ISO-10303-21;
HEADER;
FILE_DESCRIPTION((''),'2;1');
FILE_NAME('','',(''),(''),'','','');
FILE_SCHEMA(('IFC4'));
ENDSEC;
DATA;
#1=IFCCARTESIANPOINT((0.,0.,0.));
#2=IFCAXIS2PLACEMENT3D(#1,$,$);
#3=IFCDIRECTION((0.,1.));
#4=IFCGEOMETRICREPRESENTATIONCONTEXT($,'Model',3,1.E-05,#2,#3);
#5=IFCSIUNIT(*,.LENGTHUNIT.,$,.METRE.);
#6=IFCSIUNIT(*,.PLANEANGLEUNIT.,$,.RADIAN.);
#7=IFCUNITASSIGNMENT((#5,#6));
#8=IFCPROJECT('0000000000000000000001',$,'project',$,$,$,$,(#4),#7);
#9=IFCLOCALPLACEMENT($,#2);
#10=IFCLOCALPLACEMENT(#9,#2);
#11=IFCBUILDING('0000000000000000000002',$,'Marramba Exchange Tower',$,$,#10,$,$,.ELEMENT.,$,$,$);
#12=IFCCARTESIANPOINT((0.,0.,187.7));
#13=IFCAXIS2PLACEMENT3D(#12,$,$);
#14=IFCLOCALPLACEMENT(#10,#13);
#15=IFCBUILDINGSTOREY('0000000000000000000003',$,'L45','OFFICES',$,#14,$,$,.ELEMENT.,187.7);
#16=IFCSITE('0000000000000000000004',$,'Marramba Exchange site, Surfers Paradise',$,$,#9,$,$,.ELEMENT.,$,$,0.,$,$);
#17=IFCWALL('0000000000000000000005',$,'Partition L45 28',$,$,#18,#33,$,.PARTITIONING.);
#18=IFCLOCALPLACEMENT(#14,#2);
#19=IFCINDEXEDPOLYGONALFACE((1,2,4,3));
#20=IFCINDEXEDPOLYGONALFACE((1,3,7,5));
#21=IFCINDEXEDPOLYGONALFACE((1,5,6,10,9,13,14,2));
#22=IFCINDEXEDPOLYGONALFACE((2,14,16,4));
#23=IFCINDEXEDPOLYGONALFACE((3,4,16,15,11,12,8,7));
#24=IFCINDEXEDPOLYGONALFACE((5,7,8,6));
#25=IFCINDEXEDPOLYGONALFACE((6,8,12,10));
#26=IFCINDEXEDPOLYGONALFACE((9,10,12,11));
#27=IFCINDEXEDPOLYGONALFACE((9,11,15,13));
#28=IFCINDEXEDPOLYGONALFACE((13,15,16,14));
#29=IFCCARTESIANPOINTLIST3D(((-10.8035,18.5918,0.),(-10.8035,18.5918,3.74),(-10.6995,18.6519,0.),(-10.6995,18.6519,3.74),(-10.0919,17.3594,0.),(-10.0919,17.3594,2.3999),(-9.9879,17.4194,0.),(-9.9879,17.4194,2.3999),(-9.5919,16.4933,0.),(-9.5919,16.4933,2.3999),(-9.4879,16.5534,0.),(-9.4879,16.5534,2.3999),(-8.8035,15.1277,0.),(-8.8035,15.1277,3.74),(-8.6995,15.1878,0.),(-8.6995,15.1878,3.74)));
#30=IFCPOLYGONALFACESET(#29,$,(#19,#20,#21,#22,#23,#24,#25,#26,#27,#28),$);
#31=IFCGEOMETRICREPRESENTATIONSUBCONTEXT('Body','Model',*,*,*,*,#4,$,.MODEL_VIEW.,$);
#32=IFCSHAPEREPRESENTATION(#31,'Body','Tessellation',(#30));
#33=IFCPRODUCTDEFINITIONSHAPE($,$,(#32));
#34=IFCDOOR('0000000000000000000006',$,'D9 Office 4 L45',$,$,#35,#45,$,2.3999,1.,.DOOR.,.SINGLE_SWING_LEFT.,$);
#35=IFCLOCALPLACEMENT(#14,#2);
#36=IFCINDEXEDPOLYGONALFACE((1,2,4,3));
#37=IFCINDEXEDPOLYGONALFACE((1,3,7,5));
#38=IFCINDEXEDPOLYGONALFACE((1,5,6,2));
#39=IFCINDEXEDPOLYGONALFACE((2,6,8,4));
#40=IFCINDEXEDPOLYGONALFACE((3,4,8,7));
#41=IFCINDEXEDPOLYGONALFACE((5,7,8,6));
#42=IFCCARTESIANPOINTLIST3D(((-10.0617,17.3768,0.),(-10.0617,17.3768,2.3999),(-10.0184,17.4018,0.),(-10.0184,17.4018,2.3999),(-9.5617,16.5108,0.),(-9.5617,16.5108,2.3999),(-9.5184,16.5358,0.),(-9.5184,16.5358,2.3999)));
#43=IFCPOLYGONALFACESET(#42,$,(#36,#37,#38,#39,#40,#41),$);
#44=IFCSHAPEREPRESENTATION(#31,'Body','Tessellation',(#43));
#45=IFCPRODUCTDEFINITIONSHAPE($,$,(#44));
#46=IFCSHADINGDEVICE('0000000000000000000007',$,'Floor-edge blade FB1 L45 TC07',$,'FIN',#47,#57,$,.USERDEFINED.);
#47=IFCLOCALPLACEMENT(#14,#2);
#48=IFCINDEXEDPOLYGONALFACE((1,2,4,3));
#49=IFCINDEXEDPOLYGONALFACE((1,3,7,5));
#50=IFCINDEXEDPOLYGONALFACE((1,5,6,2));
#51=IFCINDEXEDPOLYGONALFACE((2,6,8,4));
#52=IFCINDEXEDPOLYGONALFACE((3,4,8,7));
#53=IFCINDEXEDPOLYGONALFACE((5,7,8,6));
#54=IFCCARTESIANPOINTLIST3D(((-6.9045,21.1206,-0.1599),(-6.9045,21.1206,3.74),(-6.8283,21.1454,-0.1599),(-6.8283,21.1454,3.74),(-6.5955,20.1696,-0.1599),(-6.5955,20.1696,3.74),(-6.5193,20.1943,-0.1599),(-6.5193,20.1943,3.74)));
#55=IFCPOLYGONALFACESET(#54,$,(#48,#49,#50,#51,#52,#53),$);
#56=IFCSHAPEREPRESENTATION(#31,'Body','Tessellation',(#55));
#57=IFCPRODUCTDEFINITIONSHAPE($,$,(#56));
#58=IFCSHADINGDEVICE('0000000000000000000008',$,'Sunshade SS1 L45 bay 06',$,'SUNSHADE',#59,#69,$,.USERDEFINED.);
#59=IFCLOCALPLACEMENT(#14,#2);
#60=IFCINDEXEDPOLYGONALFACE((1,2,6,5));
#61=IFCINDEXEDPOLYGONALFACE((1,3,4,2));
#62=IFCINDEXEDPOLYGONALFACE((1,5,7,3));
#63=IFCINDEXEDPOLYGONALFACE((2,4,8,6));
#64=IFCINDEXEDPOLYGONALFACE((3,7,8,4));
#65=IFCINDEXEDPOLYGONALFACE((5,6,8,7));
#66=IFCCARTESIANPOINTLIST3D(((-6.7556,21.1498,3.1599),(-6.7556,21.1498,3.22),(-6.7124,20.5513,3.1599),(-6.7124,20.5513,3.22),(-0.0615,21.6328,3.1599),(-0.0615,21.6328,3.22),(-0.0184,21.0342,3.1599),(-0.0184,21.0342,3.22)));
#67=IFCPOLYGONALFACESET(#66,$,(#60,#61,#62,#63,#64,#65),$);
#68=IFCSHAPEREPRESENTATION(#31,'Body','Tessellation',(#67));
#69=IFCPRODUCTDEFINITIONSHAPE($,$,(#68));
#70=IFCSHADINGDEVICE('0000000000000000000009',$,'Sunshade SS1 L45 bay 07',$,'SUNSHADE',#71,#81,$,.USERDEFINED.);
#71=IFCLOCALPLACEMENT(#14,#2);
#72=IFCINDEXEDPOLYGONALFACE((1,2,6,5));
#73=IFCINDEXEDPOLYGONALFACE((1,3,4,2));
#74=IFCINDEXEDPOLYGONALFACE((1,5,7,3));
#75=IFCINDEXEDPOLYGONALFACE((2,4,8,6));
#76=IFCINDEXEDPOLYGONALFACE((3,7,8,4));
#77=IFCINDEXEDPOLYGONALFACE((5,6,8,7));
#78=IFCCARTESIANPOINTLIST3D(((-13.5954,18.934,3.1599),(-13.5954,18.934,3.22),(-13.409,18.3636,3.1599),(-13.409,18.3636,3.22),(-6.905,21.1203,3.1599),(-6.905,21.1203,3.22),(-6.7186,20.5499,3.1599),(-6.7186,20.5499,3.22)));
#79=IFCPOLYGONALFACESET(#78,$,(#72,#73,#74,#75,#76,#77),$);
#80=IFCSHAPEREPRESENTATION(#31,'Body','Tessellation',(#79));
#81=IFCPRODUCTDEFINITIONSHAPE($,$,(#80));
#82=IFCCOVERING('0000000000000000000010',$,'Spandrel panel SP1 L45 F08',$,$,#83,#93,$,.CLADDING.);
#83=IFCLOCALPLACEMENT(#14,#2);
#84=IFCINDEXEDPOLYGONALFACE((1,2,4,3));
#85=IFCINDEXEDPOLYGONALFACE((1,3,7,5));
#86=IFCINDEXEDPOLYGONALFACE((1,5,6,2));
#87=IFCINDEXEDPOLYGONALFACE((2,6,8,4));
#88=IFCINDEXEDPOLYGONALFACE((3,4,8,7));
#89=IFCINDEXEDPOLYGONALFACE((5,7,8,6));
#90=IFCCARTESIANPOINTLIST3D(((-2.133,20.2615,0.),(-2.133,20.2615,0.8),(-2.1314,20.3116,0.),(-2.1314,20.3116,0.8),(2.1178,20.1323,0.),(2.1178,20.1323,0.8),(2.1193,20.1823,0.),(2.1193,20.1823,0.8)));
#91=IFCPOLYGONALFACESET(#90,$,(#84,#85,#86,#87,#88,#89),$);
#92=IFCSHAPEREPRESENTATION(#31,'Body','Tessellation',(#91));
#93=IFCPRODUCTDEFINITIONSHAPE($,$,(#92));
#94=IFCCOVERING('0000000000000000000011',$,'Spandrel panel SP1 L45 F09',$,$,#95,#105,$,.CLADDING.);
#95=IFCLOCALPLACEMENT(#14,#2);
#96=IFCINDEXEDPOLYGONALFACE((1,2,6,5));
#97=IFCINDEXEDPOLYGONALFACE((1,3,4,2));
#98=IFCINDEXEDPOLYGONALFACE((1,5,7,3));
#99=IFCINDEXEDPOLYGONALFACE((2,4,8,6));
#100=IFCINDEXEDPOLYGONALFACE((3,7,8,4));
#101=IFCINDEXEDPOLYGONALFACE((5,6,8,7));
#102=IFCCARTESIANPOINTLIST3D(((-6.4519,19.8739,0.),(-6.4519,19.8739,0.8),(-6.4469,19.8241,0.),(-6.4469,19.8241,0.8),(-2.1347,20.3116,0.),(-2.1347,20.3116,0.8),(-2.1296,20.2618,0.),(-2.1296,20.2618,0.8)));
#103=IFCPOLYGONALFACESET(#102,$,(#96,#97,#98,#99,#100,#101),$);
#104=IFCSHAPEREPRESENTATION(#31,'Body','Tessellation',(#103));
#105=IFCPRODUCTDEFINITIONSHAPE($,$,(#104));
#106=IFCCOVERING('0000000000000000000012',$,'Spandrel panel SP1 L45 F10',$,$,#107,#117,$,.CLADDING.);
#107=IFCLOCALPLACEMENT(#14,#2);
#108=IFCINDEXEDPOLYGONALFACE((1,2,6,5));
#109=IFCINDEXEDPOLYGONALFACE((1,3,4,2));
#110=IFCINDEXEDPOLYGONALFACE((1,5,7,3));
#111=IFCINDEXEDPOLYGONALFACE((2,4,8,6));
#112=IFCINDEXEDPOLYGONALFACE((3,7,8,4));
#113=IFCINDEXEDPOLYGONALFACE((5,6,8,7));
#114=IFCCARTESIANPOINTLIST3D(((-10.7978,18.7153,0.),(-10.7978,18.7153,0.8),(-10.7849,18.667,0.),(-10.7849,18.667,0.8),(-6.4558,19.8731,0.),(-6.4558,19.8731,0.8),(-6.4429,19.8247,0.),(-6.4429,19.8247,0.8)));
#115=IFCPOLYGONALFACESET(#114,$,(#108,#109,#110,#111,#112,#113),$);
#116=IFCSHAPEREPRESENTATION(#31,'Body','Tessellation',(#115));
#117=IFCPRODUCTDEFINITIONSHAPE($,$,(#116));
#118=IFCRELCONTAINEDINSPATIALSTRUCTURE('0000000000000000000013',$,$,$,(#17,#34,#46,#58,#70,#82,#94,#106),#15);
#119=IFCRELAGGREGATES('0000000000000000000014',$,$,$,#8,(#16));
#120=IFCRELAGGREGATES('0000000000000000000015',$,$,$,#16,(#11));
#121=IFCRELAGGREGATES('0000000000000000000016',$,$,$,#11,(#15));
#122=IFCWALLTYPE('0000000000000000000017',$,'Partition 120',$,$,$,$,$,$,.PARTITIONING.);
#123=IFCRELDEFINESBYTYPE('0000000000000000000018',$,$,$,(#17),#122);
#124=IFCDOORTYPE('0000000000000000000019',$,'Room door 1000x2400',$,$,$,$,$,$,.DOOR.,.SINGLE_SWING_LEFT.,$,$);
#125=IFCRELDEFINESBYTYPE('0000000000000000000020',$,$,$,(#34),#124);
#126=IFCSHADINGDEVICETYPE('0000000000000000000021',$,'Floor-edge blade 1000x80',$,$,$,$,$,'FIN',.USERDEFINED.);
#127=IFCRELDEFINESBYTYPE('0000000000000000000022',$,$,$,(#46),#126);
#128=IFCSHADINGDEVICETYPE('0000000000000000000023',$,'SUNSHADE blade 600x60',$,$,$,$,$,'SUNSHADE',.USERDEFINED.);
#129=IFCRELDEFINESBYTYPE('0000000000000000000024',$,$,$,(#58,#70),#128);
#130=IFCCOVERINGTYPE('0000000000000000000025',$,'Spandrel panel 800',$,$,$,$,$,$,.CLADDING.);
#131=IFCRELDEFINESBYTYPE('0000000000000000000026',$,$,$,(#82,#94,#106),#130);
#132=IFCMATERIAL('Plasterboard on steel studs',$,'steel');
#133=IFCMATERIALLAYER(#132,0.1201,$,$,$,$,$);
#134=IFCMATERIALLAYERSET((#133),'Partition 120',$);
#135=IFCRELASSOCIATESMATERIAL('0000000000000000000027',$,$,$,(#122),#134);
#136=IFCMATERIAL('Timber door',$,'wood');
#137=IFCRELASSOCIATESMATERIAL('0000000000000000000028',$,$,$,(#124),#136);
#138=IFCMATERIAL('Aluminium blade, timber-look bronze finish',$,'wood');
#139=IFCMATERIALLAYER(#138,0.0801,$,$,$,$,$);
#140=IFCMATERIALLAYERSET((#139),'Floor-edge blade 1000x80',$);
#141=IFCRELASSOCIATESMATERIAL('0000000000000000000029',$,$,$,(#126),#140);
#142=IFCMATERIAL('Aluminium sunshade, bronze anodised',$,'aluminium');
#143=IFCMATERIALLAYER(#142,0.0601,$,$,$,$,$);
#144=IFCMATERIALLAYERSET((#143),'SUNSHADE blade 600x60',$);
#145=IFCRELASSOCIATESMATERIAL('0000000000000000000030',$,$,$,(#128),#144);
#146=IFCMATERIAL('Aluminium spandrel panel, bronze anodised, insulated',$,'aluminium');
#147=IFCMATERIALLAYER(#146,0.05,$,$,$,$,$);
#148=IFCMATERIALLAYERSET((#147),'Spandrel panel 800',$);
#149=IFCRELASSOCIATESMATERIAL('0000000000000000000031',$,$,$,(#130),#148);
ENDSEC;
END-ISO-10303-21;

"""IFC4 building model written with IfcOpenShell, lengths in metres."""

from ifc_helpers import new_model, si_unit, direction, frame, frame_2d, origin, origin_2d, place, context, subcontext, project, spatial, rectangle, extrude, material, layer, layer_set, type_object, element, fill, save


model = new_model("IFC4")

# Units and contexts
model_context = context("Model", 3, precision=1e-05, world=origin(), true_north=direction((0.0, 1.0)))
body_context = subcontext(model_context, "Body", "Model", "MODEL_VIEW")
ifc_project = project(units=[si_unit("LENGTHUNIT", "METRE"), si_unit("PLANEANGLEUNIT", "RADIAN")], contexts=[model_context])

# Site, building, storey
site_placement = place(None, origin())
site = spatial("IfcSite", under=ifc_project, at=site_placement, Name="Marramba Exchange site, Surfers Paradise", CompositionType="ELEMENT", RefElevation=0.0)
building_placement = place(site_placement, origin())
building = spatial("IfcBuilding", under=site, at=building_placement, Name="Marramba Exchange Tower", CompositionType="ELEMENT")
storey_placement = place(building_placement, frame((0.0, 0.0, 187.7)))
storey = spatial("IfcBuildingStorey", under=building, at=storey_placement, Name="L45", Description="OFFICES", CompositionType="ELEMENT", Elevation=187.7)

# Shared definitions
ifc_material_1 = material(Name="Plasterboard on steel studs", Category="steel")
ifc_layer_1 = layer(ifc_material_1, 0.1201)
ifc_layer_set_1 = layer_set([ifc_layer_1], Name="Partition 120")
wall_type = type_object("IfcWallType", Name="Partition 120", PredefinedType="PARTITIONING", material=ifc_layer_set_1)

# Wall, opening, door
wall_1_placement = place(storey_placement, frame((-10.7515, 18.6218, 0.0), z_axis=(0.0, 0.0, 1.0), x_axis=(0.499999, -0.866026, 0.0)))
wall_1 = element("IfcWall", 1, at=wall_1_placement, inside=storey, type_object=wall_type, Name="Partition L45 28", PredefinedType="PARTITIONING", context=body_context, shape_type="SweptSolid", body=[
    extrude(rectangle(XDim=4.0, YDim=0.1201, at=frame_2d((2.0, 0.0))), origin(), (0.0, 0.0, 1.0), 3.74),
])
opening_placement = place(wall_1_placement, frame((1.4231, 0.0, 0.0)))
opening = element("IfcOpeningElement", 2, at=opening_placement, cuts=wall_1, PredefinedType="OPENING", context=body_context, shape_type="SweptSolid", body=[
    extrude(rectangle(XDim=1.0, YDim=2.3999, at=frame_2d((0.5, 1.2))), frame((0.0, 0.0701, 0.0), z_axis=(0.0, -1.0, 0.0), x_axis=(1.0, 0.0, 0.0)), (0.0, 0.0, 1.0), 0.1401),
])
ifc_material_2 = material(Name="Timber door", Category="wood")
door_type = type_object("IfcDoorType", Name="Room door 1000x2400", OperationType="SINGLE_SWING_LEFT", PredefinedType="DOOR", material=ifc_material_2)
door_placement = place(opening_placement, origin())
door = element("IfcDoor", 3, at=door_placement, inside=storey, type_object=door_type, Name="D9 Office 4 L45", OperationType="SINGLE_SWING_LEFT", OverallHeight=2.3999, OverallWidth=1.0, PredefinedType="DOOR", context=body_context, shape_type="SweptSolid", body=[
    extrude(rectangle(XDim=1.0, YDim=2.3999, at=frame_2d((0.5, 1.2))), frame((0.0, 0.0249, 0.0), z_axis=(0.0, -1.0, 0.0), x_axis=(1.0, 0.0, 0.0)), (0.0, 0.0, 1.0), 0.05),
])
fill(opening, door)

# Shading devices
ifc_material_3 = material(Name="Aluminium blade, timber-look bronze finish", Category="wood")
ifc_layer_2 = layer(ifc_material_3, 0.0801)
ifc_layer_set_2 = layer_set([ifc_layer_2], Name="Floor-edge blade 1000x80")
shading_device_type_1 = type_object("IfcShadingDeviceType", Name="Floor-edge blade 1000x80", ElementType="FIN", PredefinedType="USERDEFINED", material=ifc_layer_set_2)
shading_device_1_placement = place(storey_placement, frame((-6.7119, 20.6575, -0.1599), z_axis=(0.0, 0.0, 1.0), x_axis=(-0.309017, 0.951057, 0.0)))
element("IfcShadingDevice", 4, at=shading_device_1_placement, inside=storey, type_object=shading_device_type_1, Name="Floor-edge blade FB1 L45 TC07", ObjectType="FIN", PredefinedType="USERDEFINED", context=body_context, shape_type="SweptSolid", body=[
    extrude(rectangle(XDim=1.0, YDim=0.0801, at=origin_2d()), origin(), (0.0, 0.0, 1.0), 3.8999),
])
ifc_material_4 = material(Name="Aluminium sunshade, bronze anodised", Category="aluminium")
ifc_layer_3 = layer(ifc_material_4, 0.0601)
ifc_layer_set_3 = layer_set([ifc_layer_3], Name="SUNSHADE blade 600x60")
shading_device_type_2 = type_object("IfcShadingDeviceType", Name="SUNSHADE blade 600x60", ElementType="SUNSHADE", PredefinedType="USERDEFINED", material=ifc_layer_set_3)
shading_device_2_placement = place(storey_placement, frame((-3.387, 21.092, 3.1599), z_axis=(0.0, 0.0, 1.0), x_axis=(-0.997408, -0.071958, 0.0)))
element("IfcShadingDevice", 5, at=shading_device_2_placement, inside=storey, type_object=shading_device_type_2, Name="Sunshade SS1 L45 bay 06", ObjectType="SUNSHADE", PredefinedType="USERDEFINED", context=body_context, shape_type="SweptSolid", body=[
    extrude(rectangle(XDim=6.7114, YDim=0.6001, at=origin_2d()), origin(), (0.0, 0.0, 1.0), 0.0601),
])
shading_device_3_placement = place(storey_placement, frame((-10.157, 19.7419, 3.1599), z_axis=(0.0, 0.0, 1.0), x_axis=(-0.950538, -0.31061, 0.0)))
element("IfcShadingDevice", 6, at=shading_device_3_placement, inside=storey, type_object=shading_device_type_2, Name="Sunshade SS1 L45 bay 07", ObjectType="SUNSHADE", PredefinedType="USERDEFINED", context=body_context, shape_type="SweptSolid", body=[
    extrude(rectangle(XDim=7.0386, YDim=0.6001, at=origin_2d()), origin(), (0.0, 0.0, 1.0), 0.0601),
])

# Coverings
ifc_material_5 = material(Name="Aluminium spandrel panel, bronze anodised, insulated", Category="aluminium")
ifc_layer_4 = layer(ifc_material_5, 0.05)
ifc_layer_set_4 = layer_set([ifc_layer_4], Name="Spandrel panel 800")
covering_type = type_object("IfcCoveringType", Name="Spandrel panel 800", PredefinedType="CLADDING", material=ifc_layer_set_4)
covering_1_placement = place(storey_placement, frame((-0.0068, 20.2219, 0.0), z_axis=(0.0, 0.0, 1.0), x_axis=(-0.999538, 0.030394, 0.0)))
element("IfcCovering", 7, at=covering_1_placement, inside=storey, type_object=covering_type, Name="Spandrel panel SP1 L45 F08", PredefinedType="CLADDING", context=body_context, shape_type="SweptSolid", body=[
    extrude(rectangle(XDim=4.2527, YDim=0.05, at=origin_2d()), origin(), (0.0, 0.0, 1.0), 0.8),
])
covering_2_placement = place(storey_placement, frame((-4.2908, 20.0679, 0.0), z_axis=(0.0, 0.0, 1.0), x_axis=(-0.9949, -0.100863, 0.0)))
element("IfcCovering", 8, at=covering_2_placement, inside=storey, type_object=covering_type, Name="Spandrel panel SP1 L45 F09", PredefinedType="CLADDING", context=body_context, shape_type="SweptSolid", body=[
    extrude(rectangle(XDim=4.3394, YDim=0.05, at=origin_2d()), origin(), (0.0, 0.0, 1.0), 0.8),
])
covering_3_placement = place(storey_placement, frame((-8.6204, 19.27, 0.0), z_axis=(0.0, 0.0, 1.0), x_axis=(-0.966241, -0.257641, 0.0)))
element("IfcCovering", 9, at=covering_3_placement, inside=storey, type_object=covering_type, Name="Spandrel panel SP1 L45 F10", PredefinedType="CLADDING", context=body_context, shape_type="SweptSolid", body=[
    extrude(rectangle(XDim=4.4937, YDim=0.05, at=origin_2d()), origin(), (0.0, 0.0, 1.0), 0.8),
])

save(model, "model.ifc")
